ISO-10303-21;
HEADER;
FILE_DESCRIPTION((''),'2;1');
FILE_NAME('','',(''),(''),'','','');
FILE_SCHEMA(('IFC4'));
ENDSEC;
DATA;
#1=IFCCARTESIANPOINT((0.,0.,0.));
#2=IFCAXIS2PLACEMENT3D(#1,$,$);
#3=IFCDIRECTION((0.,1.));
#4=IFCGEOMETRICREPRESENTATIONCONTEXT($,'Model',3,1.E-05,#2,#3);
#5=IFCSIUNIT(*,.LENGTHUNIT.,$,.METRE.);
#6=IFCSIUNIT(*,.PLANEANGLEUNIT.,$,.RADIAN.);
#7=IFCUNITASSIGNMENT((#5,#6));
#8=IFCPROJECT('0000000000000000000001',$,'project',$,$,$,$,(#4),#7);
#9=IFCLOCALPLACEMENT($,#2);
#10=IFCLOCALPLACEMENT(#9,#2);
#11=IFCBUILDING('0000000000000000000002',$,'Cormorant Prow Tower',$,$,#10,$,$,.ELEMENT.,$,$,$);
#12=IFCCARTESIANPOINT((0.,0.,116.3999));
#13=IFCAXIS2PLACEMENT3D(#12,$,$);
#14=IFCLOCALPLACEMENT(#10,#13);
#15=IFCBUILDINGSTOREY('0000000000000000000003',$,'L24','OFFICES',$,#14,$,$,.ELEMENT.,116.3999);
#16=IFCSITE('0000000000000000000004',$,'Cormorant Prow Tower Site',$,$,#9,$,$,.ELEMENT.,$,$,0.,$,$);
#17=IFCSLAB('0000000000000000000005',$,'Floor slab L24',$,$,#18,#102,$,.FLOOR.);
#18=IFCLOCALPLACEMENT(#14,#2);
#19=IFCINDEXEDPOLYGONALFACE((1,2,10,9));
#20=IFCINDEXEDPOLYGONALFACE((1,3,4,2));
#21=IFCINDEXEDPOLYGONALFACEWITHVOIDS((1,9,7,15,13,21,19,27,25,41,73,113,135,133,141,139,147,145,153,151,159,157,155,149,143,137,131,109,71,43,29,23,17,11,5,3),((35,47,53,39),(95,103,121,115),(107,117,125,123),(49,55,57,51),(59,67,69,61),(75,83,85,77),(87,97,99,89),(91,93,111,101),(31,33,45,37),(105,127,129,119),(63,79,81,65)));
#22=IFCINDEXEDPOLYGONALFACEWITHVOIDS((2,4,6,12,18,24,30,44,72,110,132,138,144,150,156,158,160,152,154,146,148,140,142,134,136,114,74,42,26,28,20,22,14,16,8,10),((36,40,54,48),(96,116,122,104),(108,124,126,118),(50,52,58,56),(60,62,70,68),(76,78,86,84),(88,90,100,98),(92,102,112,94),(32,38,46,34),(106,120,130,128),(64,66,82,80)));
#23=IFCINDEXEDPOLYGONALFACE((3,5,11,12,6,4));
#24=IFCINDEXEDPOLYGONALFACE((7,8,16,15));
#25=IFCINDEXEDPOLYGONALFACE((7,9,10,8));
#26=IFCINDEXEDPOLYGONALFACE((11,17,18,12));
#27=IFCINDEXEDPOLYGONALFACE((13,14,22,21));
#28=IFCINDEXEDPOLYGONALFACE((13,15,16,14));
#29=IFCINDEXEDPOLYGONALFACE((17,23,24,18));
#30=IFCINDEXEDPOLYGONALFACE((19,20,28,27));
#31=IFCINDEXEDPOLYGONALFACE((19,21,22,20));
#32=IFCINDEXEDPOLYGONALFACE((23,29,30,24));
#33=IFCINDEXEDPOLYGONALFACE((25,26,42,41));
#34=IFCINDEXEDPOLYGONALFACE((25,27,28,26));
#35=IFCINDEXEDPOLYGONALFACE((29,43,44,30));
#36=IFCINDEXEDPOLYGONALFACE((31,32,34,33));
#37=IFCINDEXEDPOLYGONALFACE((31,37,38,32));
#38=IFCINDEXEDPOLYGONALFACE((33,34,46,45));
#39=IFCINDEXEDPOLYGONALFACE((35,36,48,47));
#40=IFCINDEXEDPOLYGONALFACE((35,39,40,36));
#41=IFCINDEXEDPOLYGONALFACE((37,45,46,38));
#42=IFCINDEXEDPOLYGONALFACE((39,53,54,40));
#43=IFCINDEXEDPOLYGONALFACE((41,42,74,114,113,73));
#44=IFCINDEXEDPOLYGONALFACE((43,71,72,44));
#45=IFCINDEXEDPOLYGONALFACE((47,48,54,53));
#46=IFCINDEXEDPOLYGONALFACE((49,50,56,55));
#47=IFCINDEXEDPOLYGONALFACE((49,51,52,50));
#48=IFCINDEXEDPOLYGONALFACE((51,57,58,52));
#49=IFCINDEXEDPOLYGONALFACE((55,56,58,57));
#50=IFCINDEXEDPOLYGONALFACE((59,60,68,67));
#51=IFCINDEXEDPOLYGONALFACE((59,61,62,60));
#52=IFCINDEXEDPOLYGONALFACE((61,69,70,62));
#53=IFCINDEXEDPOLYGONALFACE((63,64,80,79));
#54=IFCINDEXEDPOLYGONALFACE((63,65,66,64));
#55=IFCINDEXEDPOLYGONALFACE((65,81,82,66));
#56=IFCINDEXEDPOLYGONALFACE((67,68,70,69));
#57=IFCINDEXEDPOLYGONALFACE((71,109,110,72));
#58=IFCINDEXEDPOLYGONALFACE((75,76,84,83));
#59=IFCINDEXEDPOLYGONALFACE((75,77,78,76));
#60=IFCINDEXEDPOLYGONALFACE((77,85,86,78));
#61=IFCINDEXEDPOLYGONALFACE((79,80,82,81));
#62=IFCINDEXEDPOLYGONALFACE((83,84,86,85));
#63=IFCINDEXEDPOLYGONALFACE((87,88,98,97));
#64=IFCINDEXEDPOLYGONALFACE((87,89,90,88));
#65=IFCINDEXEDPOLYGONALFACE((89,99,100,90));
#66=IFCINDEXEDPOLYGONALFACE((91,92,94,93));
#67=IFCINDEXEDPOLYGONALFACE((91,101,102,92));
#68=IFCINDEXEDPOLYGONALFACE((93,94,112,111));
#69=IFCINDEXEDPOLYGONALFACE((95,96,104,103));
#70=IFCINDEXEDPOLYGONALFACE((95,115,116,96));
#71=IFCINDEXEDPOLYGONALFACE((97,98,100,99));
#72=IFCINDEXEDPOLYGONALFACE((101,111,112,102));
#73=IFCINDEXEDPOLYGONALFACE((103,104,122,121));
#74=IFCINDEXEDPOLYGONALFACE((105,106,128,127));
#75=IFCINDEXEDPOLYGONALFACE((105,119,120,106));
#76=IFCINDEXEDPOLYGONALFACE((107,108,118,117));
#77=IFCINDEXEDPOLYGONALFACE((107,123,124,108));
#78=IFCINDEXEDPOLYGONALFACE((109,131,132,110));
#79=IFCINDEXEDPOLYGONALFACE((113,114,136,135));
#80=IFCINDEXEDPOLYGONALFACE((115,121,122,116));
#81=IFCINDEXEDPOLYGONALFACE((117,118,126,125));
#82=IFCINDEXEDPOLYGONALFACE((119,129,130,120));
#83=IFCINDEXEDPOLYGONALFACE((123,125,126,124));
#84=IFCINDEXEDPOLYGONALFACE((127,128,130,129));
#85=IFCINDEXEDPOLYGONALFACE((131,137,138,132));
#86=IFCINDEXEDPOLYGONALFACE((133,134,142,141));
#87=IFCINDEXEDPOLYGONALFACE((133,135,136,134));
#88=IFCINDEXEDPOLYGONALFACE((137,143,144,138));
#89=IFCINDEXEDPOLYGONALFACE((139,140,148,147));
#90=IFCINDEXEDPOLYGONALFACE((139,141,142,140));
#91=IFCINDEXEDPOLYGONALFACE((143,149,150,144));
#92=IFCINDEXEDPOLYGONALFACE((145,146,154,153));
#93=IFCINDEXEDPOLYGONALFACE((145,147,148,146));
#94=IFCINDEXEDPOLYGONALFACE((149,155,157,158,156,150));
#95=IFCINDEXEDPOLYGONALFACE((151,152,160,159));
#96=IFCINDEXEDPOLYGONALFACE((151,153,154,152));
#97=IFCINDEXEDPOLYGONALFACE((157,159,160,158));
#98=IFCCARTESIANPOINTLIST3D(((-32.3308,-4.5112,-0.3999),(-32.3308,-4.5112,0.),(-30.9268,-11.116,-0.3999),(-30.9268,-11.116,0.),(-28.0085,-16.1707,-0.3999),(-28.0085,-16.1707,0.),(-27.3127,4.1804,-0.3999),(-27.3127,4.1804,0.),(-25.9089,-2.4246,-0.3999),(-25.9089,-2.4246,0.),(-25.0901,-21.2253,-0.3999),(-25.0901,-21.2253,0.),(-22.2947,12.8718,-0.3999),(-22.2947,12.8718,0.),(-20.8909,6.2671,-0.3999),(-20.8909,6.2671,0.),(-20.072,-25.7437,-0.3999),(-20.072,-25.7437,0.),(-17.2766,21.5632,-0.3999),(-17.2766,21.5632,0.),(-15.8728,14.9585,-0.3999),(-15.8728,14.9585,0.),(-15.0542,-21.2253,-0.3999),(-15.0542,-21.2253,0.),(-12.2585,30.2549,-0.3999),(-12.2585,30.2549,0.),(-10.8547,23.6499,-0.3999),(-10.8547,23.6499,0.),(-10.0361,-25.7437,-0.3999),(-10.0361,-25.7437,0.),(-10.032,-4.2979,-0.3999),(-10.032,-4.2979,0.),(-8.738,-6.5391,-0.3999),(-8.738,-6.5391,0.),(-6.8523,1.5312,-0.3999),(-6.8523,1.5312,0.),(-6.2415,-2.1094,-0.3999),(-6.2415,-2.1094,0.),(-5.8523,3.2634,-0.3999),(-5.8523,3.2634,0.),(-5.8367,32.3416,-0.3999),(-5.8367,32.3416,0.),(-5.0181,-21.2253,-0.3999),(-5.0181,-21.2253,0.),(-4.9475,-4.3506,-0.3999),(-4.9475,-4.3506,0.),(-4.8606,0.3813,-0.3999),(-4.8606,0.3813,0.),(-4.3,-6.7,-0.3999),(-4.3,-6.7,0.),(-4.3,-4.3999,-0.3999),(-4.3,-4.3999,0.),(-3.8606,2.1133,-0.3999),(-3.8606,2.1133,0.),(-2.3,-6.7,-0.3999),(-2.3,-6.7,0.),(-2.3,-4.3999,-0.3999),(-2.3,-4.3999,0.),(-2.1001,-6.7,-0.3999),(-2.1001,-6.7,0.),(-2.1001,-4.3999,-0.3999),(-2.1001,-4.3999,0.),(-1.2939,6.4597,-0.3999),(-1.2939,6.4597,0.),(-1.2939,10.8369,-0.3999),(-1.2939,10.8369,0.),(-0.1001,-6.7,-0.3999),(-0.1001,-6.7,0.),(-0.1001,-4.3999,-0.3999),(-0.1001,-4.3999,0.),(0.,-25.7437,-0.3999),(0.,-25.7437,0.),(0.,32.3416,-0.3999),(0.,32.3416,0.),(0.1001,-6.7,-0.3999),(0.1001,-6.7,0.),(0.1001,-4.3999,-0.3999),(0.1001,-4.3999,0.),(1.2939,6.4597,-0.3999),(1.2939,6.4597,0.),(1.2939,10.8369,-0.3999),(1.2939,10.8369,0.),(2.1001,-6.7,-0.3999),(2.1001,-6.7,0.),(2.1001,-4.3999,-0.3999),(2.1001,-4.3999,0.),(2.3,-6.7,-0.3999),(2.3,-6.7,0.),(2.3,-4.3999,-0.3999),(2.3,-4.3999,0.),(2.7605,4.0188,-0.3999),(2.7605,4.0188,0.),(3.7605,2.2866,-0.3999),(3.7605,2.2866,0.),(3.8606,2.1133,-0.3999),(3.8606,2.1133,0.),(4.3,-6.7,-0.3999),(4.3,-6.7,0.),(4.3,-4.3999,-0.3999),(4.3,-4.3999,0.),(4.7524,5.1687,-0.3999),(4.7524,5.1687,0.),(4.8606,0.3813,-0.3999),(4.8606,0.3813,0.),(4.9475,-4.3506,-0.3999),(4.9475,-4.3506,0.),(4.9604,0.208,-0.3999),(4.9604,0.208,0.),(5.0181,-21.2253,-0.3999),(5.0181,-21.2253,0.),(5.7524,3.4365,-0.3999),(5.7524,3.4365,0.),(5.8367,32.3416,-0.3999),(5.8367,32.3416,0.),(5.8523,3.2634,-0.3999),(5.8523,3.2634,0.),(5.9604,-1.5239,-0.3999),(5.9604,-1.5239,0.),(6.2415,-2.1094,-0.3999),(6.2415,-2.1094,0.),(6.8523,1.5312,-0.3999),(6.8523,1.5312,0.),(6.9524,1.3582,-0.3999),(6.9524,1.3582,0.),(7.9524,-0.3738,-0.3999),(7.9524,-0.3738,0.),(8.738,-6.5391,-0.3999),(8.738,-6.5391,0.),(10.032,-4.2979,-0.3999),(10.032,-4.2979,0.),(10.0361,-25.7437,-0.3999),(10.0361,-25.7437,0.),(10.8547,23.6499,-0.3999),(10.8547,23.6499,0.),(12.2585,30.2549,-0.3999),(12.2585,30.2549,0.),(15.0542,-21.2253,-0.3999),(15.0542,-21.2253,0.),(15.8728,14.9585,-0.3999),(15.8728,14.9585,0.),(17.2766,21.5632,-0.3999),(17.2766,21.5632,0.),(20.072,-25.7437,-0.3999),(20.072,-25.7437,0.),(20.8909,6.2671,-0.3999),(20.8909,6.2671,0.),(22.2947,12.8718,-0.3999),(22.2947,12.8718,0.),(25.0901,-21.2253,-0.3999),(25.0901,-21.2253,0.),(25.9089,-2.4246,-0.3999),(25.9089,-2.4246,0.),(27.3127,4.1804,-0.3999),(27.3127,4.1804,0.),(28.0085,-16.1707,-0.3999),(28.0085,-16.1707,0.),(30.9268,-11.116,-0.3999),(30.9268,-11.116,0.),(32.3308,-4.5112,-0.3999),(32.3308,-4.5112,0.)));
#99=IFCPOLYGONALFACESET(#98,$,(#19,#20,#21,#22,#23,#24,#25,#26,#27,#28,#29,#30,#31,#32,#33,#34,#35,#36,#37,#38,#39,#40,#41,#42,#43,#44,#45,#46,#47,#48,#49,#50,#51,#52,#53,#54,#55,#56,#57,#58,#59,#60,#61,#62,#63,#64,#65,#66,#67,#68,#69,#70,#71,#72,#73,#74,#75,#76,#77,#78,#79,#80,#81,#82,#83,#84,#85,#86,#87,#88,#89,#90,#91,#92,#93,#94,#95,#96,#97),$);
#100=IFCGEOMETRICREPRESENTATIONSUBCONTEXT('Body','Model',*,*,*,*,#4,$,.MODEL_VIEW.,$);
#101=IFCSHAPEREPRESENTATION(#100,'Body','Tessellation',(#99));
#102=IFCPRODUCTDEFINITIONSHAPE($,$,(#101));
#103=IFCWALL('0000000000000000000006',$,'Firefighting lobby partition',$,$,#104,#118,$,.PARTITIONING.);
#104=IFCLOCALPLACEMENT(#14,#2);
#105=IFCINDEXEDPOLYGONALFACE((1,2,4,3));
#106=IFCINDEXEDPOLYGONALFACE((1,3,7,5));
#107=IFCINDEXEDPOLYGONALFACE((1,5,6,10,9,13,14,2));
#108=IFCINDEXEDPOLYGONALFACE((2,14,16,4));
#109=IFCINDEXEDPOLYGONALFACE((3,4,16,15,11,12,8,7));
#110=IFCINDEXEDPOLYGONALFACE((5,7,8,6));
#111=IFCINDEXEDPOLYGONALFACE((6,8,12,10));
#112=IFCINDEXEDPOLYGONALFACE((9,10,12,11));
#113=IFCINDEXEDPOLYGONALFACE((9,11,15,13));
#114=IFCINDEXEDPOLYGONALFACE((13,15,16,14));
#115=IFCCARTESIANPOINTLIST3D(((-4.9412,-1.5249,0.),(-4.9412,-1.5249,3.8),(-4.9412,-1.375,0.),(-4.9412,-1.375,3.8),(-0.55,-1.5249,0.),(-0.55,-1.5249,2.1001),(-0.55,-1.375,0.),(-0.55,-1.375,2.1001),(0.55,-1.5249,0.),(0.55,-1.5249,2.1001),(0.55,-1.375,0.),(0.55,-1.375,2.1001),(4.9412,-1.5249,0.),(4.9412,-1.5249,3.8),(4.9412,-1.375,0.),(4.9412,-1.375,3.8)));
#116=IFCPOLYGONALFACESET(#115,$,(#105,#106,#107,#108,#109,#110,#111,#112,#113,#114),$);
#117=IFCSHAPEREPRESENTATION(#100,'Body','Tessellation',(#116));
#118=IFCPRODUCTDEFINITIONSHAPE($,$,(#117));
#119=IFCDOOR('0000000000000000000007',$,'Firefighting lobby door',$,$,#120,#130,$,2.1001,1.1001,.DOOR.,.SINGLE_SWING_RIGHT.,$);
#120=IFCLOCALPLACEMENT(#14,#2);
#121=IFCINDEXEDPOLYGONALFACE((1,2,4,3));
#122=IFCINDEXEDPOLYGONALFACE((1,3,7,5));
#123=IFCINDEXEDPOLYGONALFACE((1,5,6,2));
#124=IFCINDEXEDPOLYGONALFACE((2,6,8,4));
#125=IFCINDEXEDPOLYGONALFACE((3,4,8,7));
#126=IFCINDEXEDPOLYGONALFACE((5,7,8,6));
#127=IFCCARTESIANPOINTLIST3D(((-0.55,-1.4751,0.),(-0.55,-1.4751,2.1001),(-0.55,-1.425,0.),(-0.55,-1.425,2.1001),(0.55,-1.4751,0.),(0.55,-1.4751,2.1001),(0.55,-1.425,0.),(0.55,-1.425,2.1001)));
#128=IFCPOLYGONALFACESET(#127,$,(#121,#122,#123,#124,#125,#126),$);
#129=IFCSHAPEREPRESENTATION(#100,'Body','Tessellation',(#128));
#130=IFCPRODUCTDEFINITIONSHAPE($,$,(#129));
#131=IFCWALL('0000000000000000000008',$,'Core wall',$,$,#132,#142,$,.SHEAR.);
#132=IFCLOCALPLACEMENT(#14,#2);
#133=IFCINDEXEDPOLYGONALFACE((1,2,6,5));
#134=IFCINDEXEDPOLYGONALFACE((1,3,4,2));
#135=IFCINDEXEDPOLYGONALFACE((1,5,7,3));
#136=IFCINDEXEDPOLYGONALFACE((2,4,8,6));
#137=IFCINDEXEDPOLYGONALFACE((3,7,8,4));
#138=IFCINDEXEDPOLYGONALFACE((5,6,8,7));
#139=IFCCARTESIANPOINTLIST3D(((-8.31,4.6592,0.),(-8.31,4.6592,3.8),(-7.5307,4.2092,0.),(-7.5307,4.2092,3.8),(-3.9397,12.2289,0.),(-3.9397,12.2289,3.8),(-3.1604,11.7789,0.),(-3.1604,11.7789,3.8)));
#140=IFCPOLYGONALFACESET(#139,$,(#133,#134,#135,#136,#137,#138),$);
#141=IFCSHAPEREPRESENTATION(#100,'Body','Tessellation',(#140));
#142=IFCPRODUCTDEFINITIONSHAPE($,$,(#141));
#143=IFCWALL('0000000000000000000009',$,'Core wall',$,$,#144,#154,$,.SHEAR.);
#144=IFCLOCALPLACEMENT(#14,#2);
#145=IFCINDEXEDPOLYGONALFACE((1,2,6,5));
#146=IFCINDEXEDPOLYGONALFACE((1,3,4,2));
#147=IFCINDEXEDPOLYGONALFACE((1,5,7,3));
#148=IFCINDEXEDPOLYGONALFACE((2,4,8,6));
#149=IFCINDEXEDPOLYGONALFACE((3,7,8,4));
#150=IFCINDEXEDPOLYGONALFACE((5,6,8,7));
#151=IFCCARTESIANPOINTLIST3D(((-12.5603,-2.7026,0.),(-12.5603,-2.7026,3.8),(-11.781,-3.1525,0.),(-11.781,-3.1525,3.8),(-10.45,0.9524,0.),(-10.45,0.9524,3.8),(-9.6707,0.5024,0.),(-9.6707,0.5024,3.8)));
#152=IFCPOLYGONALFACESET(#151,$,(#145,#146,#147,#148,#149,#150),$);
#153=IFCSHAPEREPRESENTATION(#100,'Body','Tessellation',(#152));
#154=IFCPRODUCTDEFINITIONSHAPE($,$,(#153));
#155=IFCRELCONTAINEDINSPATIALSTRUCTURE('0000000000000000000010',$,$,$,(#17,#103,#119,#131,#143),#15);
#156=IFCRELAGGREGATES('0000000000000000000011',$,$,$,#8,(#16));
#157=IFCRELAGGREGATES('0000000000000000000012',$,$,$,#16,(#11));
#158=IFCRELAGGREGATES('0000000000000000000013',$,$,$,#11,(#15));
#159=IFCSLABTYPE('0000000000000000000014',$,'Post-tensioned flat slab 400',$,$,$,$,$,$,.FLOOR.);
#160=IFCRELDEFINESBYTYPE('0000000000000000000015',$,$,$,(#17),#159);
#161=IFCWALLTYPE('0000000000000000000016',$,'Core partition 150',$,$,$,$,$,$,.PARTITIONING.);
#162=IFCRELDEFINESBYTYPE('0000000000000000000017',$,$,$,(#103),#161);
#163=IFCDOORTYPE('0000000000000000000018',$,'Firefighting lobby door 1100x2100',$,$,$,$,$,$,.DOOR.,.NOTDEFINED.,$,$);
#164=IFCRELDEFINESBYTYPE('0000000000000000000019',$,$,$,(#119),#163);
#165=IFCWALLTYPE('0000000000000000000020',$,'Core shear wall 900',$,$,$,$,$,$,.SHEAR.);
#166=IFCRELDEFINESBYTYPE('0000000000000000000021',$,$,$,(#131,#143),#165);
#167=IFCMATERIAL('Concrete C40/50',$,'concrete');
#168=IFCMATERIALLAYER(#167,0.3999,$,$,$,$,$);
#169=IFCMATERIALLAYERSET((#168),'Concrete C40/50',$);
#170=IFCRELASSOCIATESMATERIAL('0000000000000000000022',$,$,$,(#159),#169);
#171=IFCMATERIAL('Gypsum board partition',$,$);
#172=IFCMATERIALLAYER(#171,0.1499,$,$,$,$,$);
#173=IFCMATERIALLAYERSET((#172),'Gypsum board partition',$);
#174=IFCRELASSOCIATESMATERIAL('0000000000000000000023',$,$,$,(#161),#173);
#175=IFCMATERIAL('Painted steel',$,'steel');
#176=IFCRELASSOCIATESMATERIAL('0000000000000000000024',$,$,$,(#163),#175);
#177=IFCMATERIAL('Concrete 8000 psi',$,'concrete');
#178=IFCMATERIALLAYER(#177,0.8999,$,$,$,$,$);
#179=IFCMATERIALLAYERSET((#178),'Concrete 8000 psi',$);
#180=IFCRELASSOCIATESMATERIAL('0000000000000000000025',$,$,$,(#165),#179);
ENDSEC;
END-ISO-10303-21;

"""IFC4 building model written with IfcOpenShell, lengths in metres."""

from ifc_helpers import new_model, si_unit, direction, frame, frame_2d, origin, place, context, subcontext, project, spatial, polyline, rectangle, outline, extrude, material, layer, layer_set, type_object, element, fill, save


model = new_model("IFC4")

# Units and contexts
model_context = context("Model", 3, precision=1e-05, world=origin(), true_north=direction((0.0, 1.0)))
body_context = subcontext(model_context, "Body", "Model", "MODEL_VIEW")
ifc_project = project(units=[si_unit("LENGTHUNIT", "METRE"), si_unit("PLANEANGLEUNIT", "RADIAN")], contexts=[model_context])

# Site, building, storey
site_placement = place(None, origin())
site = spatial("IfcSite", under=ifc_project, at=site_placement, Name="Cormorant Prow Tower Site", CompositionType="ELEMENT", RefElevation=0.0)
building_placement = place(site_placement, origin())
building = spatial("IfcBuilding", under=site, at=building_placement, Name="Cormorant Prow Tower", CompositionType="ELEMENT")
storey_placement = place(building_placement, frame((0.0, 0.0, 116.3999)))
storey = spatial("IfcBuildingStorey", under=building, at=storey_placement, Name="L24", Description="OFFICES", CompositionType="ELEMENT", Elevation=116.3999)

# Slab
ifc_material_1 = material(Name="Concrete C40/50", Category="concrete")
ifc_layer_1 = layer(ifc_material_1, 0.3999)
ifc_layer_set_1 = layer_set([ifc_layer_1], Name="Concrete C40/50")
slab_type_1 = type_object("IfcSlabType", Name="Post-tensioned flat slab 400", PredefinedType="FLOOR", material=ifc_layer_set_1)
slab_1_placement = place(storey_placement, frame((0.0, 0.0, -0.3999)))
element("IfcSlab", 1, at=slab_1_placement, inside=storey, type_object=slab_type_1, Name="Floor slab L24", PredefinedType="FLOOR", context=body_context, shape_type="SweptSolid", body=[
    extrude(outline(polyline([(-12.2585, 30.2549), (-10.8547, 23.6499), (-17.2766, 21.5632), (-15.8728, 14.9585), (-22.2947, 12.8718), (-20.8909, 6.2671), (-27.3127, 4.1804), (-25.9089, -2.4246), (-32.3308, -4.5112), (-30.9268, -11.116), (-28.0085, -16.1707), (-25.0901, -21.2253), (-20.072, -25.7437), (-15.0542, -21.2253), (-10.0361, -25.7437), (-5.0181, -21.2253), (0.0, -25.7437), (5.0181, -21.2253), (10.0361, -25.7437), (15.0542, -21.2253), (20.072, -25.7437), (25.0901, -21.2253), (28.0085, -16.1707), (30.9268, -11.116), (32.3308, -4.5112), (25.9089, -2.4246), (27.3127, 4.1804), (20.8909, 6.2671), (22.2947, 12.8718), (15.8728, 14.9585), (17.2766, 21.5632), (10.8547, 23.6499), (12.2585, 30.2549), (5.8367, 32.3416), (0.0, 32.3416), (-5.8367, 32.3416), (-12.2585, 30.2549)]), holes=[polyline([(-4.3, -6.7), (-4.3, -4.3999), (-2.3, -4.3999), (-2.3, -6.7), (-4.3, -6.7)]), polyline([(-2.1001, -4.3999), (-0.1001, -4.3999), (-0.1001, -6.7), (-2.1001, -6.7), (-2.1001, -4.3999)]), polyline([(2.1001, -4.3999), (2.1001, -6.7), (0.1001, -6.7), (0.1001, -4.3999), (2.1001, -4.3999)]), polyline([(4.3, -6.7), (2.3, -6.7), (2.3, -4.3999), (4.3, -4.3999), (4.3, -6.7)]), polyline([(7.9524, -0.3738), (5.9604, -1.5239), (4.9604, 0.208), (6.9524, 1.3582), (7.9524, -0.3738)]), polyline([(4.8606, 0.3813), (3.8606, 2.1133), (5.8523, 3.2634), (6.8523, 1.5312), (4.8606, 0.3813)]), polyline([(2.7605, 4.0188), (4.7524, 5.1687), (5.7524, 3.4365), (3.7605, 2.2866), (2.7605, 4.0188)]), polyline([(-6.8523, 1.5312), (-5.8523, 3.2634), (-3.8606, 2.1133), (-4.8606, 0.3813), (-6.8523, 1.5312)]), polyline([(-4.9475, -4.3506), (-8.738, -6.5391), (-10.032, -4.2979), (-6.2415, -2.1094), (-4.9475, -4.3506)]), polyline([(10.032, -4.2979), (8.738, -6.5391), (4.9475, -4.3506), (6.2415, -2.1094), (10.032, -4.2979)]), polyline([(1.2939, 10.8369), (1.2939, 6.4597), (-1.2939, 6.4597), (-1.2939, 10.8369), (1.2939, 10.8369)])]), origin(), (0.0, 0.0, 1.0), 0.3999),
])

# Wall, opening, door
ifc_material_2 = material(Name="Gypsum board partition")
ifc_layer_2 = layer(ifc_material_2, 0.1499)
ifc_layer_set_2 = layer_set([ifc_layer_2], Name="Gypsum board partition")
wall_type_1 = type_object("IfcWallType", Name="Core partition 150", PredefinedType="PARTITIONING", material=ifc_layer_set_2)
wall_1_placement = place(storey_placement, frame((-4.9412, -1.45, 0.0), z_axis=(0.0, 0.0, 1.0), x_axis=(1.0, 0.0, 0.0)))
wall_1 = element("IfcWall", 2, at=wall_1_placement, inside=storey, type_object=wall_type_1, Name="Firefighting lobby partition", PredefinedType="PARTITIONING", context=body_context, shape_type="SweptSolid", body=[
    extrude(rectangle(XDim=9.8823, YDim=0.1499, at=frame_2d((4.9412, 0.0))), origin(), (0.0, 0.0, 1.0), 3.8),
])
opening_1_placement = place(wall_1_placement, frame((4.3911, 0.0, 0.0)))
opening_1 = element("IfcOpeningElement", 3, at=opening_1_placement, cuts=wall_1, PredefinedType="OPENING", context=body_context, shape_type="SweptSolid", body=[
    extrude(rectangle(XDim=1.1001, YDim=2.1001, at=frame_2d((0.55, 1.05))), frame((0.0, 0.085, 0.0), z_axis=(0.0, -1.0, 0.0), x_axis=(1.0, 0.0, 0.0)), (0.0, 0.0, 1.0), 0.1699),
])
ifc_material_3 = material(Name="Painted steel", Category="steel")
door_type_1 = type_object("IfcDoorType", Name="Firefighting lobby door 1100x2100", OperationType="NOTDEFINED", PredefinedType="DOOR", material=ifc_material_3)
door_1_placement = place(opening_1_placement, origin())
door_1 = element("IfcDoor", 4, at=door_1_placement, inside=storey, type_object=door_type_1, Name="Firefighting lobby door", OperationType="SINGLE_SWING_RIGHT", OverallHeight=2.1001, OverallWidth=1.1001, PredefinedType="DOOR", context=body_context, shape_type="SweptSolid", body=[
    extrude(rectangle(XDim=1.1001, YDim=2.1001, at=frame_2d((0.55, 1.05))), frame((0.0, 0.0249, 0.0), z_axis=(0.0, -1.0, 0.0), x_axis=(1.0, 0.0, 0.0)), (0.0, 0.0, 1.0), 0.05),
])
fill(opening_1, door_1)

# Walls
ifc_material_4 = material(Name="Concrete 8000 psi", Category="concrete")
ifc_layer_3 = layer(ifc_material_4, 0.8999)
ifc_layer_set_3 = layer_set([ifc_layer_3], Name="Concrete 8000 psi")
wall_type_2 = type_object("IfcWallType", Name="Core shear wall 900", PredefinedType="SHEAR", material=ifc_layer_set_3)
wall_2_placement = place(storey_placement, frame((-3.55, 12.0039, 0.0), z_axis=(0.0, 0.0, 1.0), x_axis=(-0.499993, -0.866029, 0.0)))
element("IfcWall", 5, at=wall_2_placement, inside=storey, type_object=wall_type_2, Name="Core wall", PredefinedType="SHEAR", context=body_context, shape_type="SweptSolid", body=[
    extrude(rectangle(XDim=8.7407, YDim=0.8999, at=frame_2d((4.3704, 0.0))), origin(), (0.0, 0.0, 1.0), 3.8),
])
wall_3_placement = place(storey_placement, frame((-10.0603, 0.7275, 0.0), z_axis=(0.0, 0.0, 1.0), x_axis=(-0.500021, -0.866013, 0.0)))
element("IfcWall", 6, at=wall_3_placement, inside=storey, type_object=wall_type_2, Name="Core wall", PredefinedType="SHEAR", context=body_context, shape_type="SweptSolid", body=[
    extrude(rectangle(XDim=4.2205, YDim=0.8999, at=frame_2d((2.1104, 0.0))), origin(), (0.0, 0.0, 1.0), 3.8),
])

save(model, "model.ifc")
